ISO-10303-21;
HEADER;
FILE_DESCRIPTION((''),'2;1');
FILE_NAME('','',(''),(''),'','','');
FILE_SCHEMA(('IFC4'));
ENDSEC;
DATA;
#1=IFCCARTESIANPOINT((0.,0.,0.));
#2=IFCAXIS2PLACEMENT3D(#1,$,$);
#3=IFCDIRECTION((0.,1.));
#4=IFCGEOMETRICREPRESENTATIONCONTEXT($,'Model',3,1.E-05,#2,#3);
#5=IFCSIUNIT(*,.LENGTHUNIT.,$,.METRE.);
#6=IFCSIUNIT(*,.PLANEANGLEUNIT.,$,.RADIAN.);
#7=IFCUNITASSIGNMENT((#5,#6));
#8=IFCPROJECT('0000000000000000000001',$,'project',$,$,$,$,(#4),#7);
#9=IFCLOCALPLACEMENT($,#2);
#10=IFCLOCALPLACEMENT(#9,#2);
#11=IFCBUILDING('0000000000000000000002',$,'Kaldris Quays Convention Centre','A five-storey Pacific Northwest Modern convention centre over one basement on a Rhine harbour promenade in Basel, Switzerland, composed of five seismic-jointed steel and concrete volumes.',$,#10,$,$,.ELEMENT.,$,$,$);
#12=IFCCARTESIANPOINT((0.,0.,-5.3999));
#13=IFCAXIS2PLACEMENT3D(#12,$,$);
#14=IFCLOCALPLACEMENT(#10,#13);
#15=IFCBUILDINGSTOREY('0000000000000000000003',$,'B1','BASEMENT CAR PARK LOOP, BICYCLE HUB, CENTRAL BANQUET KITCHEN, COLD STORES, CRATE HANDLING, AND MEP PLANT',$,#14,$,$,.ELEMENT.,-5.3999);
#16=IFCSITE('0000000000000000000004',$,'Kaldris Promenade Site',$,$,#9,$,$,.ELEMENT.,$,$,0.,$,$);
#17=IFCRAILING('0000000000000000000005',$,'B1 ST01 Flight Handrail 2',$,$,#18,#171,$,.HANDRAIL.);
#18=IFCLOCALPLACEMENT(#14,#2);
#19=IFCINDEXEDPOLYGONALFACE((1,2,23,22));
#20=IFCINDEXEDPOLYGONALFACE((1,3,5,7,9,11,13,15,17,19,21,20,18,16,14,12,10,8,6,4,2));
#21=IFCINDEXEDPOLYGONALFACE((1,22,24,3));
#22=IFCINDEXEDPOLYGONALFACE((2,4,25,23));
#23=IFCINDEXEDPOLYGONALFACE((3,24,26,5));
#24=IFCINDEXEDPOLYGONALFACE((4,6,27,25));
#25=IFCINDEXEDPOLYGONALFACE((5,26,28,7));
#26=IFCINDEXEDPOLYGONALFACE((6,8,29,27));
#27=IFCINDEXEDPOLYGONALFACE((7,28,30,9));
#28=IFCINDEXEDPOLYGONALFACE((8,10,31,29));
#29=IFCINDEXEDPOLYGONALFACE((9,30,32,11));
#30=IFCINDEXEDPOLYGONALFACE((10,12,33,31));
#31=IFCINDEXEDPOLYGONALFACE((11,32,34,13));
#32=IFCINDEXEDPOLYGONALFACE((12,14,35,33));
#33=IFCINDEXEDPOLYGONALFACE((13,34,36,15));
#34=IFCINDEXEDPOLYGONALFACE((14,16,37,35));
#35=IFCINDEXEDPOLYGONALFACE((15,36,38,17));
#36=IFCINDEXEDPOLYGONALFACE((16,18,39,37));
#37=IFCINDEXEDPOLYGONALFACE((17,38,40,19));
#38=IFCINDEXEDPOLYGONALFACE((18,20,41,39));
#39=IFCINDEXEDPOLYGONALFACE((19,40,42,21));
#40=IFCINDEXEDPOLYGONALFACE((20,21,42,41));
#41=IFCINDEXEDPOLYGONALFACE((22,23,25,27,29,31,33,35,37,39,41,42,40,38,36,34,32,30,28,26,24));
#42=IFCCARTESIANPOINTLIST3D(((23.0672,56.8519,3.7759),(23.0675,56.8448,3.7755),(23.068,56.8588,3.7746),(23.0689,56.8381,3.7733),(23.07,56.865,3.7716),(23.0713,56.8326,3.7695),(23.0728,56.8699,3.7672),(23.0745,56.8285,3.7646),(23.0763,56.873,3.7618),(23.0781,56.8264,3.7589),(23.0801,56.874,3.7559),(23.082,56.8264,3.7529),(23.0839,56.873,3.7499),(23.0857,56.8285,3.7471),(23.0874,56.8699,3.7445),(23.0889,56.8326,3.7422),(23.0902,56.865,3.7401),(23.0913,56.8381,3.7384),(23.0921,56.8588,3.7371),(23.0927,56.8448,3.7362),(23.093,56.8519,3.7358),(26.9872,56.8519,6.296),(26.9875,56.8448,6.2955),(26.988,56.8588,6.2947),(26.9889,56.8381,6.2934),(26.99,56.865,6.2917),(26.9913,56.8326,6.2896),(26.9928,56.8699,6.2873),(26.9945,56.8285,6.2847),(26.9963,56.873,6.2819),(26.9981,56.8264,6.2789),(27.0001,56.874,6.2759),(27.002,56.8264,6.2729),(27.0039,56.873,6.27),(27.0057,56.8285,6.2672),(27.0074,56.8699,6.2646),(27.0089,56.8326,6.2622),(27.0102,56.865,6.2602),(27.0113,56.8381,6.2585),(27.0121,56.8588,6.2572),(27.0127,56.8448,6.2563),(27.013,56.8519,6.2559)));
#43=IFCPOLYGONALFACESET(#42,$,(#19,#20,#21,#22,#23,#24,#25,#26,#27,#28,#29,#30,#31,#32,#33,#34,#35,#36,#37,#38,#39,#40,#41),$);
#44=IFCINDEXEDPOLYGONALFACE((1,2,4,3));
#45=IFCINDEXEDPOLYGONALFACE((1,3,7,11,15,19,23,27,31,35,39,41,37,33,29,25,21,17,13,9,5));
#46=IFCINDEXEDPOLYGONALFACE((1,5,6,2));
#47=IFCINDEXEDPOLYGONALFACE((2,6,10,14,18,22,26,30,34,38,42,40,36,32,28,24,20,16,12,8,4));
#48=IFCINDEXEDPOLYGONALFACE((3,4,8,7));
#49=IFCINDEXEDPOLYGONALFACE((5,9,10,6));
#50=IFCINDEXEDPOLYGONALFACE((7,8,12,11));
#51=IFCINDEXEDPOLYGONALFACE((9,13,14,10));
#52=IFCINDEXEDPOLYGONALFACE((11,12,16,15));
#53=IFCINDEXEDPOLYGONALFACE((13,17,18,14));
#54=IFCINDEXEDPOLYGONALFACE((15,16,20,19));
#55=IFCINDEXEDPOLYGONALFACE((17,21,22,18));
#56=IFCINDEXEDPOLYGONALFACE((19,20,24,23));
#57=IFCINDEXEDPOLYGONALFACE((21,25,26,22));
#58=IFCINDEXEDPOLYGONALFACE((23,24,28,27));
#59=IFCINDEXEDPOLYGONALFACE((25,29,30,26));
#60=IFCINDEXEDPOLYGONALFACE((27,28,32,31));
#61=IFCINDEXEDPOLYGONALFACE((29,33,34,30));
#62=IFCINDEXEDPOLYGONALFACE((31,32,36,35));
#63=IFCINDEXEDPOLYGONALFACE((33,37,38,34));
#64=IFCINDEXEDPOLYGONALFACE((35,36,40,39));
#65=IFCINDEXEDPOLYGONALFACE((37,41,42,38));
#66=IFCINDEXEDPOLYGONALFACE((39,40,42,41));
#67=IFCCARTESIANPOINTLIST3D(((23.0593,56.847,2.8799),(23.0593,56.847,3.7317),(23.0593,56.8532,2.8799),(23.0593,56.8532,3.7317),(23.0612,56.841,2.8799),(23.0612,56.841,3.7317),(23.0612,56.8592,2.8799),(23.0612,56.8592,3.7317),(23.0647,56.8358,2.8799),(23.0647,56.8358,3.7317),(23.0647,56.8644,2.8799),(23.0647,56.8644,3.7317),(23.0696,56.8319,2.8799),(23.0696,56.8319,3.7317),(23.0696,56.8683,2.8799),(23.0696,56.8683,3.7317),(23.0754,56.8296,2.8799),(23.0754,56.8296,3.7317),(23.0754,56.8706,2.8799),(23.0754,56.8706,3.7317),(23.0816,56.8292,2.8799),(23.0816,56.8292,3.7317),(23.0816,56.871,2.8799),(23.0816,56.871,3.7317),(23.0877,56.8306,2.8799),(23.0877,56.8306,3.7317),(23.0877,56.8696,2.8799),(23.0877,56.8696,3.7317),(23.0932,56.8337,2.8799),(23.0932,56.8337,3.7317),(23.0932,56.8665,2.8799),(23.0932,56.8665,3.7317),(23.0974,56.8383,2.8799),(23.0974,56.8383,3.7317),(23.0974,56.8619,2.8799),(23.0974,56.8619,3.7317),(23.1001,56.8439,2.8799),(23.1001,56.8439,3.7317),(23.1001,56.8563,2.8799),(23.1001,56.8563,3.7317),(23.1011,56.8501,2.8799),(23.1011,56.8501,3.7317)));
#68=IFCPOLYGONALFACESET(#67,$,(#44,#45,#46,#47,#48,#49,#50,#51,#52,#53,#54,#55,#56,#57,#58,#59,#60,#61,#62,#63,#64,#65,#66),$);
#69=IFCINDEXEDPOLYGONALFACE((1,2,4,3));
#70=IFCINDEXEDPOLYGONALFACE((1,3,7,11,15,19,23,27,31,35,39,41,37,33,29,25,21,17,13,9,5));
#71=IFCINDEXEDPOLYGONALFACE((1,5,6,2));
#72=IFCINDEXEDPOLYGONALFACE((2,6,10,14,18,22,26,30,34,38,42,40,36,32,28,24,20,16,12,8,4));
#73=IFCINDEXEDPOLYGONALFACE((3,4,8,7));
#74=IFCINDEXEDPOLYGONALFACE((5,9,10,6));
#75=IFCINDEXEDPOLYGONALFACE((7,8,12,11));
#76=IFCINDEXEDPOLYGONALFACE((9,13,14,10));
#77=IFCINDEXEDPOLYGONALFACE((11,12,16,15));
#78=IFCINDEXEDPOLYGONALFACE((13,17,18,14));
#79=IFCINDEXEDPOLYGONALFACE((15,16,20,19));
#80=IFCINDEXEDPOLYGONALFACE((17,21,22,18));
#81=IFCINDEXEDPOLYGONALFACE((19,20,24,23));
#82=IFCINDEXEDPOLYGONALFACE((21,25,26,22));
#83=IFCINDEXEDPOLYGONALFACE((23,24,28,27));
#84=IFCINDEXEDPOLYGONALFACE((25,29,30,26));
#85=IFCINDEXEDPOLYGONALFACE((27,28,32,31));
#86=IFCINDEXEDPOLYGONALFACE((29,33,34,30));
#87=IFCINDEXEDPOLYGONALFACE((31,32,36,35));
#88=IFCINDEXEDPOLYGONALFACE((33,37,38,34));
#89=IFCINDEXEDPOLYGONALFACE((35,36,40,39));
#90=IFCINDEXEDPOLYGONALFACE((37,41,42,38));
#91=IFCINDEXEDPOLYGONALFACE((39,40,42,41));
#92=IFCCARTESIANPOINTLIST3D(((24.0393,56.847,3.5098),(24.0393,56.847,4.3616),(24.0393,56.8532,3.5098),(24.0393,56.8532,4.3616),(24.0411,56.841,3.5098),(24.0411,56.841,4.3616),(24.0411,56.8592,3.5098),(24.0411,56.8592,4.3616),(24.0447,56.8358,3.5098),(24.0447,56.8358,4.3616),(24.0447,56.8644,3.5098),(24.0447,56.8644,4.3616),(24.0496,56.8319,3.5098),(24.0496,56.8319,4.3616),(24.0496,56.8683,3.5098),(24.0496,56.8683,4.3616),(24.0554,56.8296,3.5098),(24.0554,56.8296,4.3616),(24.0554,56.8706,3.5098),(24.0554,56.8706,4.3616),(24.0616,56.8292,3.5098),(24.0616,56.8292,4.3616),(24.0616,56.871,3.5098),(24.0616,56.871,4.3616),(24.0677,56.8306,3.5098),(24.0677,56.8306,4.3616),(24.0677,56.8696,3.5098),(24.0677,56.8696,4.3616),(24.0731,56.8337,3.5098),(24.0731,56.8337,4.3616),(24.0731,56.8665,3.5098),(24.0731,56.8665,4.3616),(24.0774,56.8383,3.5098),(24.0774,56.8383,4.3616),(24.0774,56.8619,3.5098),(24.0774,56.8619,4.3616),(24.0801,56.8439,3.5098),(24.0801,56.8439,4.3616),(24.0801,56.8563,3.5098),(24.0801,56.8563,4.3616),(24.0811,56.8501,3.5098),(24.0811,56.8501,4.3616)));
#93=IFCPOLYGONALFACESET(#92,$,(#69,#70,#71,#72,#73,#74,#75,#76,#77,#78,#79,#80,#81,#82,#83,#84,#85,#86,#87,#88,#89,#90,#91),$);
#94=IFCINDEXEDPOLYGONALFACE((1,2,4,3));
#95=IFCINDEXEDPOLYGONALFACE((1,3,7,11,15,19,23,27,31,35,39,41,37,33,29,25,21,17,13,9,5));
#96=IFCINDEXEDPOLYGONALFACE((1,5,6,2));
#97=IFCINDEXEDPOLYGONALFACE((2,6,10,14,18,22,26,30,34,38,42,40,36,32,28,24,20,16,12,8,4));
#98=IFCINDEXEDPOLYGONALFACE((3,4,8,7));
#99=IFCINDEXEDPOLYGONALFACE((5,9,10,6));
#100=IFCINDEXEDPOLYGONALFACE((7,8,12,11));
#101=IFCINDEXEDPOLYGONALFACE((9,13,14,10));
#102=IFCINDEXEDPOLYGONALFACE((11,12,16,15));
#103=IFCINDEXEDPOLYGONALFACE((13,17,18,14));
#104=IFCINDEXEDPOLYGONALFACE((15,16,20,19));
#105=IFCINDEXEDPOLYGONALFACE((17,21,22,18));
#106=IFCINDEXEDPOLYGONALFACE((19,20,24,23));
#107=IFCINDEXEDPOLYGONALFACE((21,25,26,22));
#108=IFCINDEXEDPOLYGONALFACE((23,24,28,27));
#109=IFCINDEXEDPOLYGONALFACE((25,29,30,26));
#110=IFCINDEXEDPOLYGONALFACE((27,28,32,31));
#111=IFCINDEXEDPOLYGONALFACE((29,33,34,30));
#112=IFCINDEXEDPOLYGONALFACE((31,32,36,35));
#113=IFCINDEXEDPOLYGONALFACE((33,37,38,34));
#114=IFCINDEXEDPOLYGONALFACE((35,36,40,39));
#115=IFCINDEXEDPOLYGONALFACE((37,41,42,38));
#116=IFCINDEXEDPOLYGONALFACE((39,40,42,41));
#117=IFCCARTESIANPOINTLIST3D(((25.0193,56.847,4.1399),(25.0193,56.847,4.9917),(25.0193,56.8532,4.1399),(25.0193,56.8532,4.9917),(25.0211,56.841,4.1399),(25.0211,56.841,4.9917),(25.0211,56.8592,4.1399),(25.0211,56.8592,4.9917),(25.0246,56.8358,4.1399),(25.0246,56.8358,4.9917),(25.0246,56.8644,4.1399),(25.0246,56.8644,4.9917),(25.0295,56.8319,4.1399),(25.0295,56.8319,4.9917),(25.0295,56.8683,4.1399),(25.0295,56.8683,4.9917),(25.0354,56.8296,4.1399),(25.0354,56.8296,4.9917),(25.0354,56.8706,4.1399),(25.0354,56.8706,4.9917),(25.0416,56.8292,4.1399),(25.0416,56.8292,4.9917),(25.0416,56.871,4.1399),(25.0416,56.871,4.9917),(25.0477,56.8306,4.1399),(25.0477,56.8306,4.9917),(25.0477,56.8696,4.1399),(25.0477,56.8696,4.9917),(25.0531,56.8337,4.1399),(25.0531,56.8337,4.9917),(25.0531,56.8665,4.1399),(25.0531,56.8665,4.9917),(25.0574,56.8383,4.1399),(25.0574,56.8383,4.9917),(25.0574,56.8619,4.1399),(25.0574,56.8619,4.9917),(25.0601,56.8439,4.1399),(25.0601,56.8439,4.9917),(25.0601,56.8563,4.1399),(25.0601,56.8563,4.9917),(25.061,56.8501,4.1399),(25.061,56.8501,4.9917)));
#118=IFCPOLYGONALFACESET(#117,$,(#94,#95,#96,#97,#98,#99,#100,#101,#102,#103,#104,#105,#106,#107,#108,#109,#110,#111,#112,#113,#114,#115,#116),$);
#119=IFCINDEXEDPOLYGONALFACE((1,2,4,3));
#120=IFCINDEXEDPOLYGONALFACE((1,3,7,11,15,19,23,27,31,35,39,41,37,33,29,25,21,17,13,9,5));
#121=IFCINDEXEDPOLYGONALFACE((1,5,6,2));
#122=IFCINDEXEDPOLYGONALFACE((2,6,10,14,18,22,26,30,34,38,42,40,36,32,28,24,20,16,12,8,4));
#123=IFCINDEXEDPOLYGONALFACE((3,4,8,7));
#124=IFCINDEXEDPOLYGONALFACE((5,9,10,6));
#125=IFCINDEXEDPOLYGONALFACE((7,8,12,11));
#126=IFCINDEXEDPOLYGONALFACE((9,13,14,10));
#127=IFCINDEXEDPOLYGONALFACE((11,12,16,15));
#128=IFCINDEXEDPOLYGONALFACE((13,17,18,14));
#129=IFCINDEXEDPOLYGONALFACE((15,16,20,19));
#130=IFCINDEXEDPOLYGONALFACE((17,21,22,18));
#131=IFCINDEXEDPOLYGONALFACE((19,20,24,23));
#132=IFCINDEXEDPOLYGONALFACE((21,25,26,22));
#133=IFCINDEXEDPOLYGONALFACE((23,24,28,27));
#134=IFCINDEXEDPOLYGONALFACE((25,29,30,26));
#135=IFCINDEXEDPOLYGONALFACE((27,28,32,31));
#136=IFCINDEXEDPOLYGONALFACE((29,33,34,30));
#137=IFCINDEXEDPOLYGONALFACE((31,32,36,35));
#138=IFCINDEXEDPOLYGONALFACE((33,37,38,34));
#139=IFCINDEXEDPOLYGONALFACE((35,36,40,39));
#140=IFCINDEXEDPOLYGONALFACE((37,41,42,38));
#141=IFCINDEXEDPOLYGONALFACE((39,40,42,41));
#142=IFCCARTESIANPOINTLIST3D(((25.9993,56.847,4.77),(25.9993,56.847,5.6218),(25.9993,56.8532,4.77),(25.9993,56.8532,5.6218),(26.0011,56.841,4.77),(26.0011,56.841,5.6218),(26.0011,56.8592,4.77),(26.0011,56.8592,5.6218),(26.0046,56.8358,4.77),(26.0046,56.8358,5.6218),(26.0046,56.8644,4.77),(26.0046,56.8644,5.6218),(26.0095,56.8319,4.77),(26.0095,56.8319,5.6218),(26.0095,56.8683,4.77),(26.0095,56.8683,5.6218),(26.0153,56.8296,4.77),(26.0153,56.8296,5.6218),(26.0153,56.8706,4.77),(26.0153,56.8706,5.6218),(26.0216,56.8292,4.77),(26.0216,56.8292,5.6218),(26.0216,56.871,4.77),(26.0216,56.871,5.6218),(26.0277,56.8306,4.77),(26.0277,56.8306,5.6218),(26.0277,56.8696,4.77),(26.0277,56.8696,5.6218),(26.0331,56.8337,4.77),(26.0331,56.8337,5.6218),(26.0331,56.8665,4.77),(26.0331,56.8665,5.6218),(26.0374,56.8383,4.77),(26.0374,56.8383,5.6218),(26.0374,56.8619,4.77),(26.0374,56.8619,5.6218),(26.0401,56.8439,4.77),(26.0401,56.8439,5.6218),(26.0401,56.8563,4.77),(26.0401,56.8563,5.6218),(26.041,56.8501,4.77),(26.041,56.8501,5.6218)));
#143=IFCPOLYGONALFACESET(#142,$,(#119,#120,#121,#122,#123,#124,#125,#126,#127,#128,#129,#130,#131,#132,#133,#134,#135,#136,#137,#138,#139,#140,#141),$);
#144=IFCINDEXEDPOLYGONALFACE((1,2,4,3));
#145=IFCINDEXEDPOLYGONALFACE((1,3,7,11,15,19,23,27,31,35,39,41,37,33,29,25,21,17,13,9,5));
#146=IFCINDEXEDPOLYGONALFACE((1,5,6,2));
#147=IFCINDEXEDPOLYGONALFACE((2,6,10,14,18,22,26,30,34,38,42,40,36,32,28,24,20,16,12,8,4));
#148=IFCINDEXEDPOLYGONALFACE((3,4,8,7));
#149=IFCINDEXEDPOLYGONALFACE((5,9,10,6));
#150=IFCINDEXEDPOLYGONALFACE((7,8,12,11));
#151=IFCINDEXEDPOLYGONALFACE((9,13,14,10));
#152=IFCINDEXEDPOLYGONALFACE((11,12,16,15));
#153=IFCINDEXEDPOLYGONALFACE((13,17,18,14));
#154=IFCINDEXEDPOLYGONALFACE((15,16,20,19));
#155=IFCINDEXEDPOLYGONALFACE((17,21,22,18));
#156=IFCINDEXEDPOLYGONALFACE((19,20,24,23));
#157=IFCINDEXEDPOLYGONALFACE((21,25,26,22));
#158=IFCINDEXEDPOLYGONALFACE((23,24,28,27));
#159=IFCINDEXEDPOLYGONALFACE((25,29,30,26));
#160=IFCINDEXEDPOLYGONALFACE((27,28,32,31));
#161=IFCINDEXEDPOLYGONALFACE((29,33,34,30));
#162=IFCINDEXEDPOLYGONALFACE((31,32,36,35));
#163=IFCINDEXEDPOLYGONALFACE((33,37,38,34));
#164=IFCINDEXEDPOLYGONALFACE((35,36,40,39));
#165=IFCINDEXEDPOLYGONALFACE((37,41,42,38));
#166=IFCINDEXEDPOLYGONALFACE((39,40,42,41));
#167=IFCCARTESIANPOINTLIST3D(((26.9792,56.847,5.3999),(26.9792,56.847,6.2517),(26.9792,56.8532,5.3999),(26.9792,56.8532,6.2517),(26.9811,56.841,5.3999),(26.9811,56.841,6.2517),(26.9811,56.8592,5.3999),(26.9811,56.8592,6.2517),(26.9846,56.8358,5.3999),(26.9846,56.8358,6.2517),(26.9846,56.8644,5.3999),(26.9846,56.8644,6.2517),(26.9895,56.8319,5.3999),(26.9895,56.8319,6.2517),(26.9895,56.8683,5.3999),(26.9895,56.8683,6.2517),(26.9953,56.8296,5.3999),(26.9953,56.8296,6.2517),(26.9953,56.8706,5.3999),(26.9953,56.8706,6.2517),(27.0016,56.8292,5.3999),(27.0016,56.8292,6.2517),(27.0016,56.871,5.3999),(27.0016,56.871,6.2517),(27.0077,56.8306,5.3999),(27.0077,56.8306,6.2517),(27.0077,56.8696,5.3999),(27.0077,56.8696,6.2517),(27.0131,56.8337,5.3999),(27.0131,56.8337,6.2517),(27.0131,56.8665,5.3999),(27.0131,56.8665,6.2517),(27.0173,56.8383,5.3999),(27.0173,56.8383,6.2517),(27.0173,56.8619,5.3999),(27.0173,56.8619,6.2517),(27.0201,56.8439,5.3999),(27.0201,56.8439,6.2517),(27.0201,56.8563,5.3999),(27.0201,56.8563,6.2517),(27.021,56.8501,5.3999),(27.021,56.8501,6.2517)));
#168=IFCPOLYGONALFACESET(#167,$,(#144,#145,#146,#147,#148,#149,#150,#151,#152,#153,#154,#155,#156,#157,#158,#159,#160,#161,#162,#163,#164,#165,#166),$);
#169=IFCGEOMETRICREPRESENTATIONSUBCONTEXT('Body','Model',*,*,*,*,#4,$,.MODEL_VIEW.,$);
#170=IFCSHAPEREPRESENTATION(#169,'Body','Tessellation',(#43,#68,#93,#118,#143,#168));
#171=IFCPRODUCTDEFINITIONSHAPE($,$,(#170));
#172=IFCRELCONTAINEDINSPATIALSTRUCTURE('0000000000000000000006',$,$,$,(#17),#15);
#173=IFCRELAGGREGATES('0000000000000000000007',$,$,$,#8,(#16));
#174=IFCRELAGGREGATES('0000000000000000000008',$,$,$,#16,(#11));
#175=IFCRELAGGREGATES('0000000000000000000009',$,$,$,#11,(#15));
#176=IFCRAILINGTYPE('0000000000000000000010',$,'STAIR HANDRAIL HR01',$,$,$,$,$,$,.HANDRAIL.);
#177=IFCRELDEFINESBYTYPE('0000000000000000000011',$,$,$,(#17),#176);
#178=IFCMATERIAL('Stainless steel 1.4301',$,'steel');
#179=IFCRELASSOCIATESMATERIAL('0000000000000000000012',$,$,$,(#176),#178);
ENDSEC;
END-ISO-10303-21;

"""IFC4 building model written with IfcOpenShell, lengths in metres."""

from ifc_helpers import new_model, si_unit, direction, frame, origin, origin_2d, place, context, subcontext, project, spatial, circle, extrude, material, type_object, element, save


model = new_model("IFC4")

# Units and contexts
model_context = context("Model", 3, precision=1e-05, world=origin(), true_north=direction((0.0, 1.0)))
body_context = subcontext(model_context, "Body", "Model", "MODEL_VIEW")
ifc_project = project(units=[si_unit("LENGTHUNIT", "METRE"), si_unit("PLANEANGLEUNIT", "RADIAN")], contexts=[model_context])

# Site, building, storey
site_placement = place(None, origin())
site = spatial("IfcSite", under=ifc_project, at=site_placement, Name="Kaldris Promenade Site", CompositionType="ELEMENT", RefElevation=0.0)
building_placement = place(site_placement, origin())
building = spatial("IfcBuilding", under=site, at=building_placement, Name="Kaldris Quays Convention Centre", Description="A five-storey Pacific Northwest Modern convention centre over one basement on a Rhine harbour promenade in Basel, Switzerland, composed of five seismic-jointed steel and concrete volumes.", CompositionType="ELEMENT")
storey_placement = place(building_placement, frame((0.0, 0.0, -5.3999)))
storey = spatial("IfcBuildingStorey", under=building, at=storey_placement, Name="B1", Description="BASEMENT CAR PARK LOOP, BICYCLE HUB, CENTRAL BANQUET KITCHEN, COLD STORES, CRATE HANDLING, AND MEP PLANT", CompositionType="ELEMENT", Elevation=-5.3999)

# Railing
ifc_material_1 = material(Name="Stainless steel 1.4301", Category="steel")
railing_type_1 = type_object("IfcRailingType", Name="STAIR HANDRAIL HR01", PredefinedType="HANDRAIL", material=ifc_material_1)
railing_1_placement = place(storey_placement, frame((23.0801, 56.8501, 2.8799)))
element("IfcRailing", 1, at=railing_1_placement, inside=storey, type_object=railing_type_1, Name="B1 ST01 Flight Handrail 2", PredefinedType="HANDRAIL", context=body_context, shape_type="SweptSolid", body=[
    extrude(circle(Radius=0.0239, at=origin_2d()), frame((0.0, 0.0, 0.876), z_axis=(0.841172, 0.0, 0.540768), x_axis=(0.0, 1.0, 0.0)), (0.0, 0.0, 1.0), 4.6602),
    extrude(circle(Radius=0.021, at=origin_2d()), origin(), (0.0, 0.0, 1.0), 0.8518),
    extrude(circle(Radius=0.021, at=origin_2d()), frame((0.98, 0.0, 0.6299)), (0.0, 0.0, 1.0), 0.8518),
    extrude(circle(Radius=0.021, at=origin_2d()), frame((1.96, 0.0, 1.26)), (0.0, 0.0, 1.0), 0.8518),
    extrude(circle(Radius=0.021, at=origin_2d()), frame((2.9399, 0.0, 1.8901)), (0.0, 0.0, 1.0), 0.8518),
    extrude(circle(Radius=0.021, at=origin_2d()), frame((3.9199, 0.0, 2.52)), (0.0, 0.0, 1.0), 0.8518),
])

save(model, "model.ifc")
